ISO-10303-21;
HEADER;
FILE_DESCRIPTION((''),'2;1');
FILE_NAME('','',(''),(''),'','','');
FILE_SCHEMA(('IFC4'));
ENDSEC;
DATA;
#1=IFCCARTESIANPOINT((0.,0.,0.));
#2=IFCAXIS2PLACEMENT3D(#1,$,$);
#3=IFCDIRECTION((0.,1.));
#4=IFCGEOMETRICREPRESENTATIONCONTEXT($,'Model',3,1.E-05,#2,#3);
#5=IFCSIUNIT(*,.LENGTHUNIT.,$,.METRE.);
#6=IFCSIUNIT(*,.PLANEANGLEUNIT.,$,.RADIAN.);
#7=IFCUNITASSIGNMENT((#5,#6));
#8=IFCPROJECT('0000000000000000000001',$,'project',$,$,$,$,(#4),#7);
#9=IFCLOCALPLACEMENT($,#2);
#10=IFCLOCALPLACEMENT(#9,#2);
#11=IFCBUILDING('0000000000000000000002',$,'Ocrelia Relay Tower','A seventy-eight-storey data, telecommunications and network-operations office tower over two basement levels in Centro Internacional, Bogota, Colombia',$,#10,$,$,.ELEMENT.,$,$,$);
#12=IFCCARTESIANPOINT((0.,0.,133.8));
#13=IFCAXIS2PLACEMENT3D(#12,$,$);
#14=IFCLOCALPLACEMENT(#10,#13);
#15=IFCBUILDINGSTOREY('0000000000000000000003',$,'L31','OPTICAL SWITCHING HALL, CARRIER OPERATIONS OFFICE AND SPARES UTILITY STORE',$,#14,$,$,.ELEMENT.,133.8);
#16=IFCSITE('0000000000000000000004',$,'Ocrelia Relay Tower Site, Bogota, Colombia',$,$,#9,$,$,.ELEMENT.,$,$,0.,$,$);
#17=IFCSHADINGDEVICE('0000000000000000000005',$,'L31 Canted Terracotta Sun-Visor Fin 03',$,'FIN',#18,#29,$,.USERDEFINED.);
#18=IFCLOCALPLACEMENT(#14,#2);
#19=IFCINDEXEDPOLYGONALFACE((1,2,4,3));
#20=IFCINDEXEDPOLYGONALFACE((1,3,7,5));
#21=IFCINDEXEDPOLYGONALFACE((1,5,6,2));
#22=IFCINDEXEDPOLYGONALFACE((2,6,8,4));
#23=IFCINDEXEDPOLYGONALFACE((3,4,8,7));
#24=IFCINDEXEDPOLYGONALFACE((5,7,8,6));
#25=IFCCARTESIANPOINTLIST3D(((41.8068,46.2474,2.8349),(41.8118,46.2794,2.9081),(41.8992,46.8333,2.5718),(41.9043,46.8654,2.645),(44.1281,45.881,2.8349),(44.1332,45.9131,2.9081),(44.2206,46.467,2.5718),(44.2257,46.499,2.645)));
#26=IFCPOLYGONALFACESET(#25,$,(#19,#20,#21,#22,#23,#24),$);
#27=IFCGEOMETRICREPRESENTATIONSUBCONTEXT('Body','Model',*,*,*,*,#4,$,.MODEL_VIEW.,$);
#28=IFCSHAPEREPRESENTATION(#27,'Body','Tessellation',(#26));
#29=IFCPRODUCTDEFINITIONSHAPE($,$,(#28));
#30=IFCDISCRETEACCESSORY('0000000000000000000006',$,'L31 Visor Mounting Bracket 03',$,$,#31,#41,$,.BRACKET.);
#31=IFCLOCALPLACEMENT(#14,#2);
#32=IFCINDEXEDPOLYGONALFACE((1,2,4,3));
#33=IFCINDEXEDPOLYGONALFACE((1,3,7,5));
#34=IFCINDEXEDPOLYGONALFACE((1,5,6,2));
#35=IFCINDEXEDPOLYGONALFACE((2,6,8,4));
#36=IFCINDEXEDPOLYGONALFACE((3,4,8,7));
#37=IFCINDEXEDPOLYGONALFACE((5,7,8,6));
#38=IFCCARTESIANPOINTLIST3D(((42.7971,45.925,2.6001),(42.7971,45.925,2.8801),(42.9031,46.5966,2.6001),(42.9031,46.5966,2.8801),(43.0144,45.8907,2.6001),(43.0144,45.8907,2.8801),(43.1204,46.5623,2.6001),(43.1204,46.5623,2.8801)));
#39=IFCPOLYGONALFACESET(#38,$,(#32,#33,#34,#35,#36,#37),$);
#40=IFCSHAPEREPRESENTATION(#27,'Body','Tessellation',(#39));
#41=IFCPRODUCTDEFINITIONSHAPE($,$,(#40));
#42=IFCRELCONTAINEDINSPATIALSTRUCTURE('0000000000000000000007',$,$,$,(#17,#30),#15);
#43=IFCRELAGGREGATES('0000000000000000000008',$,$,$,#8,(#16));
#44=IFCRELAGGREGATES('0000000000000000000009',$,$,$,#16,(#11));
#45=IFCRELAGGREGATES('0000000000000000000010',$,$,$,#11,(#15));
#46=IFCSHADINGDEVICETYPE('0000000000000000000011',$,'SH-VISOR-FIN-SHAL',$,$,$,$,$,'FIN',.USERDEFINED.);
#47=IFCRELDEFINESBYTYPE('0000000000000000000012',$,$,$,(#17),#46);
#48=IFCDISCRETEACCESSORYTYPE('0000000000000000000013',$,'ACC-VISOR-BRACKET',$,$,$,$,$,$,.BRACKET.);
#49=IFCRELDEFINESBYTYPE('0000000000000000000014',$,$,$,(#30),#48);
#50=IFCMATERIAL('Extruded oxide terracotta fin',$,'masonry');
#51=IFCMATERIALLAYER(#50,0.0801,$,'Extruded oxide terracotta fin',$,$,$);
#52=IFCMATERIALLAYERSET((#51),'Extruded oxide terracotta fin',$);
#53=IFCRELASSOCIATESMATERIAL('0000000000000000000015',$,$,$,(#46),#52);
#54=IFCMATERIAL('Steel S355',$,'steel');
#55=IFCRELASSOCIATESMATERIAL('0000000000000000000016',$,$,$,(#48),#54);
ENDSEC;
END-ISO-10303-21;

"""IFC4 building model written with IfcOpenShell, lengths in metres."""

from ifc_helpers import new_model, si_unit, direction, frame, origin, origin_2d, place, context, subcontext, project, spatial, rectangle, extrude, material, layer, layer_set, type_object, element, save


model = new_model("IFC4")

# Units and contexts
model_context = context("Model", 3, precision=1e-05, world=origin(), true_north=direction((0.0, 1.0)))
body_context = subcontext(model_context, "Body", "Model", "MODEL_VIEW")
ifc_project = project(units=[si_unit("LENGTHUNIT", "METRE"), si_unit("PLANEANGLEUNIT", "RADIAN")], contexts=[model_context])

# Site, building, storey
site_placement = place(None, origin())
site = spatial("IfcSite", under=ifc_project, at=site_placement, Name="Ocrelia Relay Tower Site, Bogota, Colombia", CompositionType="ELEMENT", RefElevation=0.0)
building_placement = place(site_placement, origin())
building = spatial("IfcBuilding", under=site, at=building_placement, Name="Ocrelia Relay Tower", Description="A seventy-eight-storey data, telecommunications and network-operations office tower over two basement levels in Centro Internacional, Bogota, Colombia", CompositionType="ELEMENT")
storey_placement = place(building_placement, frame((0.0, 0.0, 133.8)))
storey = spatial("IfcBuildingStorey", under=building, at=storey_placement, Name="L31", Description="OPTICAL SWITCHING HALL, CARRIER OPERATIONS OFFICE AND SPARES UTILITY STORE", CompositionType="ELEMENT", Elevation=133.8)

# Shared definitions
ifc_material_1 = material(Name="Steel S355", Category="steel")

# Shading device
ifc_material_2 = material(Name="Extruded oxide terracotta fin", Category="masonry")
ifc_layer_1 = layer(ifc_material_2, 0.0801, Name="Extruded oxide terracotta fin")
ifc_layer_set_1 = layer_set([ifc_layer_1], Name="Extruded oxide terracotta fin")
shading_device_type_1 = type_object("IfcShadingDeviceType", Name="SH-VISOR-FIN-SHAL", ElementType="FIN", PredefinedType="USERDEFINED", material=ifc_layer_set_1)
shading_device_1_placement = place(storey_placement, frame((43.0137, 46.3572, 2.7034), z_axis=(0.063205, 0.400504, 0.914112), x_axis=(-0.987775, 0.155883, 0.0)))
element("IfcShadingDevice", 1, at=shading_device_1_placement, inside=storey, type_object=shading_device_type_1, Name="L31 Canted Terracotta Sun-Visor Fin 03", ObjectType="FIN", PredefinedType="USERDEFINED", context=body_context, shape_type="SweptSolid", body=[
    extrude(rectangle(XDim=2.3501, YDim=0.6489, at=origin_2d()), origin(), (0.0, 0.0, 1.0), 0.0801),
])

# Discrete accessory
discrete_accessory_type = type_object("IfcDiscreteAccessoryType", Name="ACC-VISOR-BRACKET", PredefinedType="BRACKET", material=ifc_material_1)
discrete_accessory_placement = place(storey_placement, frame((42.9587, 46.2437, 2.6001), z_axis=(0.0, 0.0, 1.0), x_axis=(-0.987775, 0.155883, 0.0)))
element("IfcDiscreteAccessory", 2, at=discrete_accessory_placement, inside=storey, type_object=discrete_accessory_type, Name="L31 Visor Mounting Bracket 03", PredefinedType="BRACKET", context=body_context, shape_type="SweptSolid", body=[
    extrude(rectangle(XDim=0.22, YDim=0.6799, at=origin_2d()), origin(), (0.0, 0.0, 1.0), 0.28),
])

save(model, "model.ifc")
